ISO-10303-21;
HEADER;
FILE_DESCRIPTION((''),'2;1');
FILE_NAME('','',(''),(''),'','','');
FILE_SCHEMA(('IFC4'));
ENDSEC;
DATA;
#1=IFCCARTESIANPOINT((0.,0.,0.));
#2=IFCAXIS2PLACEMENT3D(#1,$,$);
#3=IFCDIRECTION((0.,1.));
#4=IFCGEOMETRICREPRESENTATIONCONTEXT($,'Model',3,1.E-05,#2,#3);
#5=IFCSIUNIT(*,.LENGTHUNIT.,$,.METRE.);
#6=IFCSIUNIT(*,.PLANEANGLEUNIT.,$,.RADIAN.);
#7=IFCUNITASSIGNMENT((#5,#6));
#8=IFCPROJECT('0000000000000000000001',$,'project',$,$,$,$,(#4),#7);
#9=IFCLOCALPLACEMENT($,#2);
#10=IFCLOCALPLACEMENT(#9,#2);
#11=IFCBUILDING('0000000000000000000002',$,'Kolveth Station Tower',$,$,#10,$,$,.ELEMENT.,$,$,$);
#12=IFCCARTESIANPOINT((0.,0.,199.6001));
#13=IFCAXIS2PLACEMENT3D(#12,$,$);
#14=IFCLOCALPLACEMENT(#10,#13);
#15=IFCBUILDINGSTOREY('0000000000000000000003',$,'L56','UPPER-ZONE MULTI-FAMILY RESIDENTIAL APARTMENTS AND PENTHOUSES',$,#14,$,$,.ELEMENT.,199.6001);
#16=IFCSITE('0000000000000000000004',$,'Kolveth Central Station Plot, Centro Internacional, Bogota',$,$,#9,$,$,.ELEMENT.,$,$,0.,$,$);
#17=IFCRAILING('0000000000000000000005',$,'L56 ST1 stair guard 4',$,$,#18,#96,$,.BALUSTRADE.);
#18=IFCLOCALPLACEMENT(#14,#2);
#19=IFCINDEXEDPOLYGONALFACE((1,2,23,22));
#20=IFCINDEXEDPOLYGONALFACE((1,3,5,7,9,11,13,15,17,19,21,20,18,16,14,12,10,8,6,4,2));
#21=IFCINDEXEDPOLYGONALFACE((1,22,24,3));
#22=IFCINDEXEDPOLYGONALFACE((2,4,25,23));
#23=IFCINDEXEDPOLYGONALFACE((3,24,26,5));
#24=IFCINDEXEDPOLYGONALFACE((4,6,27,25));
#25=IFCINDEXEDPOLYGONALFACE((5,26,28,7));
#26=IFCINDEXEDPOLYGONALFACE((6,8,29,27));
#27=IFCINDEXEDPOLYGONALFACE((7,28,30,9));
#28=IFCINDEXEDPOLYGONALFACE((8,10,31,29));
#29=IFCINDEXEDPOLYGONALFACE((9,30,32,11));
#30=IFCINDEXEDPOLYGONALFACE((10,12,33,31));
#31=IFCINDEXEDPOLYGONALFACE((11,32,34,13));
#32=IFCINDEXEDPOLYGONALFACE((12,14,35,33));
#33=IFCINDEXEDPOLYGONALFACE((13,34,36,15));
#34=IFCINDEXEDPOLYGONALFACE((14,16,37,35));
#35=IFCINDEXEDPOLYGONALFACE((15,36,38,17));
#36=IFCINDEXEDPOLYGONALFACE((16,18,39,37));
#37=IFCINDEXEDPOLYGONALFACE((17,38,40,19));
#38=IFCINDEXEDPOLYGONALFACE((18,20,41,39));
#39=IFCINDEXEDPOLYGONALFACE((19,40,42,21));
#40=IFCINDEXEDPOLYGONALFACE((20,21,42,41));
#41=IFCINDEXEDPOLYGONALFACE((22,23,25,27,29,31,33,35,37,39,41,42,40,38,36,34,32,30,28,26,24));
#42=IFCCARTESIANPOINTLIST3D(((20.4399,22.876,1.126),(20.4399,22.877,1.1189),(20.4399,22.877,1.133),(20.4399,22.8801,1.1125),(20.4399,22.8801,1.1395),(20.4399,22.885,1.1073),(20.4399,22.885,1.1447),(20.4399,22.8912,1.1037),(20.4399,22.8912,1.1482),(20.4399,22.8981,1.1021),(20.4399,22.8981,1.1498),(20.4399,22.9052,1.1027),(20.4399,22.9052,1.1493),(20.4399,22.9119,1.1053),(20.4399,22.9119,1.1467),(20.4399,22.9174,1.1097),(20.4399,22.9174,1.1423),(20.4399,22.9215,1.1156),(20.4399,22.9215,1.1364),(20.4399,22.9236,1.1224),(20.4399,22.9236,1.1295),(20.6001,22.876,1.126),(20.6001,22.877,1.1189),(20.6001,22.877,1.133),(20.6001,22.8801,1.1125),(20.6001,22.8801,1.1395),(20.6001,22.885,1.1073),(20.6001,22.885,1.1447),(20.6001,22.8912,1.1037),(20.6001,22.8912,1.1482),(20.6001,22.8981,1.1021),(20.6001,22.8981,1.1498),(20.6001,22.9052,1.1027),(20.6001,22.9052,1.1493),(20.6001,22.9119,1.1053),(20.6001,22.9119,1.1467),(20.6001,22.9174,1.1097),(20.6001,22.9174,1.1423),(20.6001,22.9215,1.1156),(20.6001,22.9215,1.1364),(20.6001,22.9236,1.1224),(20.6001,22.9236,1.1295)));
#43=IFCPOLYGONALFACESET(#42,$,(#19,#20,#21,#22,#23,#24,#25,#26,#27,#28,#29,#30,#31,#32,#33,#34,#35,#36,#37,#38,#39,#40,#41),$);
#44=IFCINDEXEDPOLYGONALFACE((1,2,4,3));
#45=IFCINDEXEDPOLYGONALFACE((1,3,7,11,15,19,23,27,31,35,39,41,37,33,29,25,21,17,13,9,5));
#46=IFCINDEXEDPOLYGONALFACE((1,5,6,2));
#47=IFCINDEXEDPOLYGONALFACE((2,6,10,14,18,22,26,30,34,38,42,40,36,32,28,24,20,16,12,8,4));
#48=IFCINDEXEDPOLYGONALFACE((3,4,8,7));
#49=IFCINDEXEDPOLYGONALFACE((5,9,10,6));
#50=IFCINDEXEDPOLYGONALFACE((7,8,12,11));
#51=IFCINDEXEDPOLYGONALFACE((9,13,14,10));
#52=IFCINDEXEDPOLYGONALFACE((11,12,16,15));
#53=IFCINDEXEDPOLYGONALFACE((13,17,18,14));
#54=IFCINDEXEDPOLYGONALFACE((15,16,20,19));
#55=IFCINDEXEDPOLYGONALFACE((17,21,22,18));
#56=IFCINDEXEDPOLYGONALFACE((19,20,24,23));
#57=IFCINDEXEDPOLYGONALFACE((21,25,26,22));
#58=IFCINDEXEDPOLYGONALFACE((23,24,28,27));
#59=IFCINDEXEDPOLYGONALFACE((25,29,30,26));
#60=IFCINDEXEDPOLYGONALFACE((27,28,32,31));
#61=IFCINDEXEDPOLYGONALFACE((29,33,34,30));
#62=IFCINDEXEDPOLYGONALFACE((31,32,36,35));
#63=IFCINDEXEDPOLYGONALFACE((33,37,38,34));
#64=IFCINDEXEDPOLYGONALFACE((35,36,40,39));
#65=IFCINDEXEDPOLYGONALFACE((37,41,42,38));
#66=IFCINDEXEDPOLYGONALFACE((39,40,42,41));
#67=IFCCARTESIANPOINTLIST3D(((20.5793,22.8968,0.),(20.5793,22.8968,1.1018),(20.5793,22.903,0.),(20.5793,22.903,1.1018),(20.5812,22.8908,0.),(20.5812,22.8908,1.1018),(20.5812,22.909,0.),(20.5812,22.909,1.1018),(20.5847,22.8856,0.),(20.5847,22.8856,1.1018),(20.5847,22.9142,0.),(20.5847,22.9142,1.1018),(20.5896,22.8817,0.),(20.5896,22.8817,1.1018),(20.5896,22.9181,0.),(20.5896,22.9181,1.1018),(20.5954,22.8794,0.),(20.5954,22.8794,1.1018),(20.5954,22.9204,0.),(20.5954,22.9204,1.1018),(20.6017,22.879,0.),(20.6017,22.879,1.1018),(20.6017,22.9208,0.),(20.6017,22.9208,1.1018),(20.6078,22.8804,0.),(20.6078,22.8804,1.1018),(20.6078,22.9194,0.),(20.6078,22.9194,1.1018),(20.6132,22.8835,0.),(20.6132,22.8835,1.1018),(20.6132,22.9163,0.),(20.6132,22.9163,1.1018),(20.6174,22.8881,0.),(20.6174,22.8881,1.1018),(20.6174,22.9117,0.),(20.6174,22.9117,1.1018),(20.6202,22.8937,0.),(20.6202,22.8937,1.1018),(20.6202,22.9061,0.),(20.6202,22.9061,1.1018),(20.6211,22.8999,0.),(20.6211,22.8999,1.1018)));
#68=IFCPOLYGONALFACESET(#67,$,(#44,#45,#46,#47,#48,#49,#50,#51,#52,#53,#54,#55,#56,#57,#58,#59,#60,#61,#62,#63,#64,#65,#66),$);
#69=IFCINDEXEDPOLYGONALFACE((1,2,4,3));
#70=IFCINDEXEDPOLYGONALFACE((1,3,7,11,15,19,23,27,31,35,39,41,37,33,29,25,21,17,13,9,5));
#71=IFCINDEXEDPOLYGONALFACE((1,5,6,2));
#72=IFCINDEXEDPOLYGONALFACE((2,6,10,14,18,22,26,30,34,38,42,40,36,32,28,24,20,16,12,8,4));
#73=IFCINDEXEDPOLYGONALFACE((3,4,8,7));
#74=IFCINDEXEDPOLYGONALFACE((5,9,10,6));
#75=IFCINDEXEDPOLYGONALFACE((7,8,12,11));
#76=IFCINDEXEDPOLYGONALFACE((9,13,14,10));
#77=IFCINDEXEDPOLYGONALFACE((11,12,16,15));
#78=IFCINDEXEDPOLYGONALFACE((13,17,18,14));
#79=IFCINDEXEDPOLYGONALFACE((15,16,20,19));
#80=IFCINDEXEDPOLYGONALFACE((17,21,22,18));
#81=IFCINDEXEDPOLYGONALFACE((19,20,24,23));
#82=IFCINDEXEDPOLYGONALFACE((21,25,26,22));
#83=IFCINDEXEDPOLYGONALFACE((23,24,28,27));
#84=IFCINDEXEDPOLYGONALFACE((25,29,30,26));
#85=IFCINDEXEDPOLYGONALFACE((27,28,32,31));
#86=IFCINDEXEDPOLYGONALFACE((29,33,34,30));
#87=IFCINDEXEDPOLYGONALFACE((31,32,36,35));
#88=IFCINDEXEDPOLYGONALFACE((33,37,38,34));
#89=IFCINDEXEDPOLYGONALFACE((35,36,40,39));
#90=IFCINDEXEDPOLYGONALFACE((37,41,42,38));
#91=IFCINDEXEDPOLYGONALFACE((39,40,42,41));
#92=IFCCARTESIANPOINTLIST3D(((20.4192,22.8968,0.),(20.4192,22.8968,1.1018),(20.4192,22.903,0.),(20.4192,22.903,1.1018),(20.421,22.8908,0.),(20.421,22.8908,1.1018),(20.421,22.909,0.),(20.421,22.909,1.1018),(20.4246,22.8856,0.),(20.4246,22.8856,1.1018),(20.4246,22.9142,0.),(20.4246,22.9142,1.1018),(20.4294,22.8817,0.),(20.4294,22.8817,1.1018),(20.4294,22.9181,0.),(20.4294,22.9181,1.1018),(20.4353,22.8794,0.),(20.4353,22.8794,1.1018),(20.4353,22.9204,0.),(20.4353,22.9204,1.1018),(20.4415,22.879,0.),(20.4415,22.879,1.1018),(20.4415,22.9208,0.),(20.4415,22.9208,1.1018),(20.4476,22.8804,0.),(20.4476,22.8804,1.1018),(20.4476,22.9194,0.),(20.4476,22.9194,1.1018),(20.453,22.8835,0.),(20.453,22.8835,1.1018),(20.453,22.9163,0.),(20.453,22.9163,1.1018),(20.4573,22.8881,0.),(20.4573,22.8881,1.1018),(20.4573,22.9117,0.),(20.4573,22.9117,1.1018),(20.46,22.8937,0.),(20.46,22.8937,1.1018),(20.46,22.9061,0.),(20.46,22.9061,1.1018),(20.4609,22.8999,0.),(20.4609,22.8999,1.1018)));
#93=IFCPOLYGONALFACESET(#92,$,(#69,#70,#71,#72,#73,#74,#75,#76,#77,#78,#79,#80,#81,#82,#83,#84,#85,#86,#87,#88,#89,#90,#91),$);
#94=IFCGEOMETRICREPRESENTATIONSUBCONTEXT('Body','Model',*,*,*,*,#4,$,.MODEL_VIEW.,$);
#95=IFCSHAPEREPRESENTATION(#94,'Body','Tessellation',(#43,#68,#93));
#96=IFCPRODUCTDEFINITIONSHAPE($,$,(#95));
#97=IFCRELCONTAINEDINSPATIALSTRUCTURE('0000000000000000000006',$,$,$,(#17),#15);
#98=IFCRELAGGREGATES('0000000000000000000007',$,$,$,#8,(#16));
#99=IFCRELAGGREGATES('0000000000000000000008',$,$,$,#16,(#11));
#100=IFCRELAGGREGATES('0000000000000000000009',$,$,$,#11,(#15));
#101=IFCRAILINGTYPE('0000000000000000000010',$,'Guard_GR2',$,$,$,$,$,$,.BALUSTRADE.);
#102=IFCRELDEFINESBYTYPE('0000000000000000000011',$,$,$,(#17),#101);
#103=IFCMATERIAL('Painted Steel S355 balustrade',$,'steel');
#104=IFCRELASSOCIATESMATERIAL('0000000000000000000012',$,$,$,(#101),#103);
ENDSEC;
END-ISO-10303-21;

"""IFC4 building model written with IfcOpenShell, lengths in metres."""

from ifc_helpers import new_model, si_unit, direction, frame, origin, origin_2d, place, context, subcontext, project, spatial, circle, extrude, material, type_object, element, save


model = new_model("IFC4")

# Units and contexts
model_context = context("Model", 3, precision=1e-05, world=origin(), true_north=direction((0.0, 1.0)))
body_context = subcontext(model_context, "Body", "Model", "MODEL_VIEW")
ifc_project = project(units=[si_unit("LENGTHUNIT", "METRE"), si_unit("PLANEANGLEUNIT", "RADIAN")], contexts=[model_context])

# Site, building, storey
site_placement = place(None, origin())
site = spatial("IfcSite", under=ifc_project, at=site_placement, Name="Kolveth Central Station Plot, Centro Internacional, Bogota", CompositionType="ELEMENT", RefElevation=0.0)
building_placement = place(site_placement, origin())
building = spatial("IfcBuilding", under=site, at=building_placement, Name="Kolveth Station Tower", CompositionType="ELEMENT")
storey_placement = place(building_placement, frame((0.0, 0.0, 199.6001)))
storey = spatial("IfcBuildingStorey", under=building, at=storey_placement, Name="L56", Description="UPPER-ZONE MULTI-FAMILY RESIDENTIAL APARTMENTS AND PENTHOUSES", CompositionType="ELEMENT", Elevation=199.6001)

# Railing
ifc_material_1 = material(Name="Painted Steel S355 balustrade", Category="steel")
railing_type_1 = type_object("IfcRailingType", Name="Guard_GR2", PredefinedType="BALUSTRADE", material=ifc_material_1)
railing_1_placement = place(storey_placement, frame((20.6001, 22.8999, 0.0)))
element("IfcRailing", 1, at=railing_1_placement, inside=storey, type_object=railing_type_1, Name="L56 ST1 stair guard 4", PredefinedType="BALUSTRADE", context=body_context, shape_type="SweptSolid", body=[
    extrude(circle(Radius=0.0239, at=origin_2d()), frame((0.0, 0.0, 1.126), z_axis=(-1.0, 0.0, 0.0), x_axis=(0.0, -1.0, 0.0)), (0.0, 0.0, 1.0), 0.1602),
    extrude(circle(Radius=0.021, at=origin_2d()), origin(), (0.0, 0.0, 1.0), 1.1018),
    extrude(circle(Radius=0.021, at=origin_2d()), frame((-0.1602, 0.0, 0.0)), (0.0, 0.0, 1.0), 1.1018),
])

save(model, "model.ifc")
